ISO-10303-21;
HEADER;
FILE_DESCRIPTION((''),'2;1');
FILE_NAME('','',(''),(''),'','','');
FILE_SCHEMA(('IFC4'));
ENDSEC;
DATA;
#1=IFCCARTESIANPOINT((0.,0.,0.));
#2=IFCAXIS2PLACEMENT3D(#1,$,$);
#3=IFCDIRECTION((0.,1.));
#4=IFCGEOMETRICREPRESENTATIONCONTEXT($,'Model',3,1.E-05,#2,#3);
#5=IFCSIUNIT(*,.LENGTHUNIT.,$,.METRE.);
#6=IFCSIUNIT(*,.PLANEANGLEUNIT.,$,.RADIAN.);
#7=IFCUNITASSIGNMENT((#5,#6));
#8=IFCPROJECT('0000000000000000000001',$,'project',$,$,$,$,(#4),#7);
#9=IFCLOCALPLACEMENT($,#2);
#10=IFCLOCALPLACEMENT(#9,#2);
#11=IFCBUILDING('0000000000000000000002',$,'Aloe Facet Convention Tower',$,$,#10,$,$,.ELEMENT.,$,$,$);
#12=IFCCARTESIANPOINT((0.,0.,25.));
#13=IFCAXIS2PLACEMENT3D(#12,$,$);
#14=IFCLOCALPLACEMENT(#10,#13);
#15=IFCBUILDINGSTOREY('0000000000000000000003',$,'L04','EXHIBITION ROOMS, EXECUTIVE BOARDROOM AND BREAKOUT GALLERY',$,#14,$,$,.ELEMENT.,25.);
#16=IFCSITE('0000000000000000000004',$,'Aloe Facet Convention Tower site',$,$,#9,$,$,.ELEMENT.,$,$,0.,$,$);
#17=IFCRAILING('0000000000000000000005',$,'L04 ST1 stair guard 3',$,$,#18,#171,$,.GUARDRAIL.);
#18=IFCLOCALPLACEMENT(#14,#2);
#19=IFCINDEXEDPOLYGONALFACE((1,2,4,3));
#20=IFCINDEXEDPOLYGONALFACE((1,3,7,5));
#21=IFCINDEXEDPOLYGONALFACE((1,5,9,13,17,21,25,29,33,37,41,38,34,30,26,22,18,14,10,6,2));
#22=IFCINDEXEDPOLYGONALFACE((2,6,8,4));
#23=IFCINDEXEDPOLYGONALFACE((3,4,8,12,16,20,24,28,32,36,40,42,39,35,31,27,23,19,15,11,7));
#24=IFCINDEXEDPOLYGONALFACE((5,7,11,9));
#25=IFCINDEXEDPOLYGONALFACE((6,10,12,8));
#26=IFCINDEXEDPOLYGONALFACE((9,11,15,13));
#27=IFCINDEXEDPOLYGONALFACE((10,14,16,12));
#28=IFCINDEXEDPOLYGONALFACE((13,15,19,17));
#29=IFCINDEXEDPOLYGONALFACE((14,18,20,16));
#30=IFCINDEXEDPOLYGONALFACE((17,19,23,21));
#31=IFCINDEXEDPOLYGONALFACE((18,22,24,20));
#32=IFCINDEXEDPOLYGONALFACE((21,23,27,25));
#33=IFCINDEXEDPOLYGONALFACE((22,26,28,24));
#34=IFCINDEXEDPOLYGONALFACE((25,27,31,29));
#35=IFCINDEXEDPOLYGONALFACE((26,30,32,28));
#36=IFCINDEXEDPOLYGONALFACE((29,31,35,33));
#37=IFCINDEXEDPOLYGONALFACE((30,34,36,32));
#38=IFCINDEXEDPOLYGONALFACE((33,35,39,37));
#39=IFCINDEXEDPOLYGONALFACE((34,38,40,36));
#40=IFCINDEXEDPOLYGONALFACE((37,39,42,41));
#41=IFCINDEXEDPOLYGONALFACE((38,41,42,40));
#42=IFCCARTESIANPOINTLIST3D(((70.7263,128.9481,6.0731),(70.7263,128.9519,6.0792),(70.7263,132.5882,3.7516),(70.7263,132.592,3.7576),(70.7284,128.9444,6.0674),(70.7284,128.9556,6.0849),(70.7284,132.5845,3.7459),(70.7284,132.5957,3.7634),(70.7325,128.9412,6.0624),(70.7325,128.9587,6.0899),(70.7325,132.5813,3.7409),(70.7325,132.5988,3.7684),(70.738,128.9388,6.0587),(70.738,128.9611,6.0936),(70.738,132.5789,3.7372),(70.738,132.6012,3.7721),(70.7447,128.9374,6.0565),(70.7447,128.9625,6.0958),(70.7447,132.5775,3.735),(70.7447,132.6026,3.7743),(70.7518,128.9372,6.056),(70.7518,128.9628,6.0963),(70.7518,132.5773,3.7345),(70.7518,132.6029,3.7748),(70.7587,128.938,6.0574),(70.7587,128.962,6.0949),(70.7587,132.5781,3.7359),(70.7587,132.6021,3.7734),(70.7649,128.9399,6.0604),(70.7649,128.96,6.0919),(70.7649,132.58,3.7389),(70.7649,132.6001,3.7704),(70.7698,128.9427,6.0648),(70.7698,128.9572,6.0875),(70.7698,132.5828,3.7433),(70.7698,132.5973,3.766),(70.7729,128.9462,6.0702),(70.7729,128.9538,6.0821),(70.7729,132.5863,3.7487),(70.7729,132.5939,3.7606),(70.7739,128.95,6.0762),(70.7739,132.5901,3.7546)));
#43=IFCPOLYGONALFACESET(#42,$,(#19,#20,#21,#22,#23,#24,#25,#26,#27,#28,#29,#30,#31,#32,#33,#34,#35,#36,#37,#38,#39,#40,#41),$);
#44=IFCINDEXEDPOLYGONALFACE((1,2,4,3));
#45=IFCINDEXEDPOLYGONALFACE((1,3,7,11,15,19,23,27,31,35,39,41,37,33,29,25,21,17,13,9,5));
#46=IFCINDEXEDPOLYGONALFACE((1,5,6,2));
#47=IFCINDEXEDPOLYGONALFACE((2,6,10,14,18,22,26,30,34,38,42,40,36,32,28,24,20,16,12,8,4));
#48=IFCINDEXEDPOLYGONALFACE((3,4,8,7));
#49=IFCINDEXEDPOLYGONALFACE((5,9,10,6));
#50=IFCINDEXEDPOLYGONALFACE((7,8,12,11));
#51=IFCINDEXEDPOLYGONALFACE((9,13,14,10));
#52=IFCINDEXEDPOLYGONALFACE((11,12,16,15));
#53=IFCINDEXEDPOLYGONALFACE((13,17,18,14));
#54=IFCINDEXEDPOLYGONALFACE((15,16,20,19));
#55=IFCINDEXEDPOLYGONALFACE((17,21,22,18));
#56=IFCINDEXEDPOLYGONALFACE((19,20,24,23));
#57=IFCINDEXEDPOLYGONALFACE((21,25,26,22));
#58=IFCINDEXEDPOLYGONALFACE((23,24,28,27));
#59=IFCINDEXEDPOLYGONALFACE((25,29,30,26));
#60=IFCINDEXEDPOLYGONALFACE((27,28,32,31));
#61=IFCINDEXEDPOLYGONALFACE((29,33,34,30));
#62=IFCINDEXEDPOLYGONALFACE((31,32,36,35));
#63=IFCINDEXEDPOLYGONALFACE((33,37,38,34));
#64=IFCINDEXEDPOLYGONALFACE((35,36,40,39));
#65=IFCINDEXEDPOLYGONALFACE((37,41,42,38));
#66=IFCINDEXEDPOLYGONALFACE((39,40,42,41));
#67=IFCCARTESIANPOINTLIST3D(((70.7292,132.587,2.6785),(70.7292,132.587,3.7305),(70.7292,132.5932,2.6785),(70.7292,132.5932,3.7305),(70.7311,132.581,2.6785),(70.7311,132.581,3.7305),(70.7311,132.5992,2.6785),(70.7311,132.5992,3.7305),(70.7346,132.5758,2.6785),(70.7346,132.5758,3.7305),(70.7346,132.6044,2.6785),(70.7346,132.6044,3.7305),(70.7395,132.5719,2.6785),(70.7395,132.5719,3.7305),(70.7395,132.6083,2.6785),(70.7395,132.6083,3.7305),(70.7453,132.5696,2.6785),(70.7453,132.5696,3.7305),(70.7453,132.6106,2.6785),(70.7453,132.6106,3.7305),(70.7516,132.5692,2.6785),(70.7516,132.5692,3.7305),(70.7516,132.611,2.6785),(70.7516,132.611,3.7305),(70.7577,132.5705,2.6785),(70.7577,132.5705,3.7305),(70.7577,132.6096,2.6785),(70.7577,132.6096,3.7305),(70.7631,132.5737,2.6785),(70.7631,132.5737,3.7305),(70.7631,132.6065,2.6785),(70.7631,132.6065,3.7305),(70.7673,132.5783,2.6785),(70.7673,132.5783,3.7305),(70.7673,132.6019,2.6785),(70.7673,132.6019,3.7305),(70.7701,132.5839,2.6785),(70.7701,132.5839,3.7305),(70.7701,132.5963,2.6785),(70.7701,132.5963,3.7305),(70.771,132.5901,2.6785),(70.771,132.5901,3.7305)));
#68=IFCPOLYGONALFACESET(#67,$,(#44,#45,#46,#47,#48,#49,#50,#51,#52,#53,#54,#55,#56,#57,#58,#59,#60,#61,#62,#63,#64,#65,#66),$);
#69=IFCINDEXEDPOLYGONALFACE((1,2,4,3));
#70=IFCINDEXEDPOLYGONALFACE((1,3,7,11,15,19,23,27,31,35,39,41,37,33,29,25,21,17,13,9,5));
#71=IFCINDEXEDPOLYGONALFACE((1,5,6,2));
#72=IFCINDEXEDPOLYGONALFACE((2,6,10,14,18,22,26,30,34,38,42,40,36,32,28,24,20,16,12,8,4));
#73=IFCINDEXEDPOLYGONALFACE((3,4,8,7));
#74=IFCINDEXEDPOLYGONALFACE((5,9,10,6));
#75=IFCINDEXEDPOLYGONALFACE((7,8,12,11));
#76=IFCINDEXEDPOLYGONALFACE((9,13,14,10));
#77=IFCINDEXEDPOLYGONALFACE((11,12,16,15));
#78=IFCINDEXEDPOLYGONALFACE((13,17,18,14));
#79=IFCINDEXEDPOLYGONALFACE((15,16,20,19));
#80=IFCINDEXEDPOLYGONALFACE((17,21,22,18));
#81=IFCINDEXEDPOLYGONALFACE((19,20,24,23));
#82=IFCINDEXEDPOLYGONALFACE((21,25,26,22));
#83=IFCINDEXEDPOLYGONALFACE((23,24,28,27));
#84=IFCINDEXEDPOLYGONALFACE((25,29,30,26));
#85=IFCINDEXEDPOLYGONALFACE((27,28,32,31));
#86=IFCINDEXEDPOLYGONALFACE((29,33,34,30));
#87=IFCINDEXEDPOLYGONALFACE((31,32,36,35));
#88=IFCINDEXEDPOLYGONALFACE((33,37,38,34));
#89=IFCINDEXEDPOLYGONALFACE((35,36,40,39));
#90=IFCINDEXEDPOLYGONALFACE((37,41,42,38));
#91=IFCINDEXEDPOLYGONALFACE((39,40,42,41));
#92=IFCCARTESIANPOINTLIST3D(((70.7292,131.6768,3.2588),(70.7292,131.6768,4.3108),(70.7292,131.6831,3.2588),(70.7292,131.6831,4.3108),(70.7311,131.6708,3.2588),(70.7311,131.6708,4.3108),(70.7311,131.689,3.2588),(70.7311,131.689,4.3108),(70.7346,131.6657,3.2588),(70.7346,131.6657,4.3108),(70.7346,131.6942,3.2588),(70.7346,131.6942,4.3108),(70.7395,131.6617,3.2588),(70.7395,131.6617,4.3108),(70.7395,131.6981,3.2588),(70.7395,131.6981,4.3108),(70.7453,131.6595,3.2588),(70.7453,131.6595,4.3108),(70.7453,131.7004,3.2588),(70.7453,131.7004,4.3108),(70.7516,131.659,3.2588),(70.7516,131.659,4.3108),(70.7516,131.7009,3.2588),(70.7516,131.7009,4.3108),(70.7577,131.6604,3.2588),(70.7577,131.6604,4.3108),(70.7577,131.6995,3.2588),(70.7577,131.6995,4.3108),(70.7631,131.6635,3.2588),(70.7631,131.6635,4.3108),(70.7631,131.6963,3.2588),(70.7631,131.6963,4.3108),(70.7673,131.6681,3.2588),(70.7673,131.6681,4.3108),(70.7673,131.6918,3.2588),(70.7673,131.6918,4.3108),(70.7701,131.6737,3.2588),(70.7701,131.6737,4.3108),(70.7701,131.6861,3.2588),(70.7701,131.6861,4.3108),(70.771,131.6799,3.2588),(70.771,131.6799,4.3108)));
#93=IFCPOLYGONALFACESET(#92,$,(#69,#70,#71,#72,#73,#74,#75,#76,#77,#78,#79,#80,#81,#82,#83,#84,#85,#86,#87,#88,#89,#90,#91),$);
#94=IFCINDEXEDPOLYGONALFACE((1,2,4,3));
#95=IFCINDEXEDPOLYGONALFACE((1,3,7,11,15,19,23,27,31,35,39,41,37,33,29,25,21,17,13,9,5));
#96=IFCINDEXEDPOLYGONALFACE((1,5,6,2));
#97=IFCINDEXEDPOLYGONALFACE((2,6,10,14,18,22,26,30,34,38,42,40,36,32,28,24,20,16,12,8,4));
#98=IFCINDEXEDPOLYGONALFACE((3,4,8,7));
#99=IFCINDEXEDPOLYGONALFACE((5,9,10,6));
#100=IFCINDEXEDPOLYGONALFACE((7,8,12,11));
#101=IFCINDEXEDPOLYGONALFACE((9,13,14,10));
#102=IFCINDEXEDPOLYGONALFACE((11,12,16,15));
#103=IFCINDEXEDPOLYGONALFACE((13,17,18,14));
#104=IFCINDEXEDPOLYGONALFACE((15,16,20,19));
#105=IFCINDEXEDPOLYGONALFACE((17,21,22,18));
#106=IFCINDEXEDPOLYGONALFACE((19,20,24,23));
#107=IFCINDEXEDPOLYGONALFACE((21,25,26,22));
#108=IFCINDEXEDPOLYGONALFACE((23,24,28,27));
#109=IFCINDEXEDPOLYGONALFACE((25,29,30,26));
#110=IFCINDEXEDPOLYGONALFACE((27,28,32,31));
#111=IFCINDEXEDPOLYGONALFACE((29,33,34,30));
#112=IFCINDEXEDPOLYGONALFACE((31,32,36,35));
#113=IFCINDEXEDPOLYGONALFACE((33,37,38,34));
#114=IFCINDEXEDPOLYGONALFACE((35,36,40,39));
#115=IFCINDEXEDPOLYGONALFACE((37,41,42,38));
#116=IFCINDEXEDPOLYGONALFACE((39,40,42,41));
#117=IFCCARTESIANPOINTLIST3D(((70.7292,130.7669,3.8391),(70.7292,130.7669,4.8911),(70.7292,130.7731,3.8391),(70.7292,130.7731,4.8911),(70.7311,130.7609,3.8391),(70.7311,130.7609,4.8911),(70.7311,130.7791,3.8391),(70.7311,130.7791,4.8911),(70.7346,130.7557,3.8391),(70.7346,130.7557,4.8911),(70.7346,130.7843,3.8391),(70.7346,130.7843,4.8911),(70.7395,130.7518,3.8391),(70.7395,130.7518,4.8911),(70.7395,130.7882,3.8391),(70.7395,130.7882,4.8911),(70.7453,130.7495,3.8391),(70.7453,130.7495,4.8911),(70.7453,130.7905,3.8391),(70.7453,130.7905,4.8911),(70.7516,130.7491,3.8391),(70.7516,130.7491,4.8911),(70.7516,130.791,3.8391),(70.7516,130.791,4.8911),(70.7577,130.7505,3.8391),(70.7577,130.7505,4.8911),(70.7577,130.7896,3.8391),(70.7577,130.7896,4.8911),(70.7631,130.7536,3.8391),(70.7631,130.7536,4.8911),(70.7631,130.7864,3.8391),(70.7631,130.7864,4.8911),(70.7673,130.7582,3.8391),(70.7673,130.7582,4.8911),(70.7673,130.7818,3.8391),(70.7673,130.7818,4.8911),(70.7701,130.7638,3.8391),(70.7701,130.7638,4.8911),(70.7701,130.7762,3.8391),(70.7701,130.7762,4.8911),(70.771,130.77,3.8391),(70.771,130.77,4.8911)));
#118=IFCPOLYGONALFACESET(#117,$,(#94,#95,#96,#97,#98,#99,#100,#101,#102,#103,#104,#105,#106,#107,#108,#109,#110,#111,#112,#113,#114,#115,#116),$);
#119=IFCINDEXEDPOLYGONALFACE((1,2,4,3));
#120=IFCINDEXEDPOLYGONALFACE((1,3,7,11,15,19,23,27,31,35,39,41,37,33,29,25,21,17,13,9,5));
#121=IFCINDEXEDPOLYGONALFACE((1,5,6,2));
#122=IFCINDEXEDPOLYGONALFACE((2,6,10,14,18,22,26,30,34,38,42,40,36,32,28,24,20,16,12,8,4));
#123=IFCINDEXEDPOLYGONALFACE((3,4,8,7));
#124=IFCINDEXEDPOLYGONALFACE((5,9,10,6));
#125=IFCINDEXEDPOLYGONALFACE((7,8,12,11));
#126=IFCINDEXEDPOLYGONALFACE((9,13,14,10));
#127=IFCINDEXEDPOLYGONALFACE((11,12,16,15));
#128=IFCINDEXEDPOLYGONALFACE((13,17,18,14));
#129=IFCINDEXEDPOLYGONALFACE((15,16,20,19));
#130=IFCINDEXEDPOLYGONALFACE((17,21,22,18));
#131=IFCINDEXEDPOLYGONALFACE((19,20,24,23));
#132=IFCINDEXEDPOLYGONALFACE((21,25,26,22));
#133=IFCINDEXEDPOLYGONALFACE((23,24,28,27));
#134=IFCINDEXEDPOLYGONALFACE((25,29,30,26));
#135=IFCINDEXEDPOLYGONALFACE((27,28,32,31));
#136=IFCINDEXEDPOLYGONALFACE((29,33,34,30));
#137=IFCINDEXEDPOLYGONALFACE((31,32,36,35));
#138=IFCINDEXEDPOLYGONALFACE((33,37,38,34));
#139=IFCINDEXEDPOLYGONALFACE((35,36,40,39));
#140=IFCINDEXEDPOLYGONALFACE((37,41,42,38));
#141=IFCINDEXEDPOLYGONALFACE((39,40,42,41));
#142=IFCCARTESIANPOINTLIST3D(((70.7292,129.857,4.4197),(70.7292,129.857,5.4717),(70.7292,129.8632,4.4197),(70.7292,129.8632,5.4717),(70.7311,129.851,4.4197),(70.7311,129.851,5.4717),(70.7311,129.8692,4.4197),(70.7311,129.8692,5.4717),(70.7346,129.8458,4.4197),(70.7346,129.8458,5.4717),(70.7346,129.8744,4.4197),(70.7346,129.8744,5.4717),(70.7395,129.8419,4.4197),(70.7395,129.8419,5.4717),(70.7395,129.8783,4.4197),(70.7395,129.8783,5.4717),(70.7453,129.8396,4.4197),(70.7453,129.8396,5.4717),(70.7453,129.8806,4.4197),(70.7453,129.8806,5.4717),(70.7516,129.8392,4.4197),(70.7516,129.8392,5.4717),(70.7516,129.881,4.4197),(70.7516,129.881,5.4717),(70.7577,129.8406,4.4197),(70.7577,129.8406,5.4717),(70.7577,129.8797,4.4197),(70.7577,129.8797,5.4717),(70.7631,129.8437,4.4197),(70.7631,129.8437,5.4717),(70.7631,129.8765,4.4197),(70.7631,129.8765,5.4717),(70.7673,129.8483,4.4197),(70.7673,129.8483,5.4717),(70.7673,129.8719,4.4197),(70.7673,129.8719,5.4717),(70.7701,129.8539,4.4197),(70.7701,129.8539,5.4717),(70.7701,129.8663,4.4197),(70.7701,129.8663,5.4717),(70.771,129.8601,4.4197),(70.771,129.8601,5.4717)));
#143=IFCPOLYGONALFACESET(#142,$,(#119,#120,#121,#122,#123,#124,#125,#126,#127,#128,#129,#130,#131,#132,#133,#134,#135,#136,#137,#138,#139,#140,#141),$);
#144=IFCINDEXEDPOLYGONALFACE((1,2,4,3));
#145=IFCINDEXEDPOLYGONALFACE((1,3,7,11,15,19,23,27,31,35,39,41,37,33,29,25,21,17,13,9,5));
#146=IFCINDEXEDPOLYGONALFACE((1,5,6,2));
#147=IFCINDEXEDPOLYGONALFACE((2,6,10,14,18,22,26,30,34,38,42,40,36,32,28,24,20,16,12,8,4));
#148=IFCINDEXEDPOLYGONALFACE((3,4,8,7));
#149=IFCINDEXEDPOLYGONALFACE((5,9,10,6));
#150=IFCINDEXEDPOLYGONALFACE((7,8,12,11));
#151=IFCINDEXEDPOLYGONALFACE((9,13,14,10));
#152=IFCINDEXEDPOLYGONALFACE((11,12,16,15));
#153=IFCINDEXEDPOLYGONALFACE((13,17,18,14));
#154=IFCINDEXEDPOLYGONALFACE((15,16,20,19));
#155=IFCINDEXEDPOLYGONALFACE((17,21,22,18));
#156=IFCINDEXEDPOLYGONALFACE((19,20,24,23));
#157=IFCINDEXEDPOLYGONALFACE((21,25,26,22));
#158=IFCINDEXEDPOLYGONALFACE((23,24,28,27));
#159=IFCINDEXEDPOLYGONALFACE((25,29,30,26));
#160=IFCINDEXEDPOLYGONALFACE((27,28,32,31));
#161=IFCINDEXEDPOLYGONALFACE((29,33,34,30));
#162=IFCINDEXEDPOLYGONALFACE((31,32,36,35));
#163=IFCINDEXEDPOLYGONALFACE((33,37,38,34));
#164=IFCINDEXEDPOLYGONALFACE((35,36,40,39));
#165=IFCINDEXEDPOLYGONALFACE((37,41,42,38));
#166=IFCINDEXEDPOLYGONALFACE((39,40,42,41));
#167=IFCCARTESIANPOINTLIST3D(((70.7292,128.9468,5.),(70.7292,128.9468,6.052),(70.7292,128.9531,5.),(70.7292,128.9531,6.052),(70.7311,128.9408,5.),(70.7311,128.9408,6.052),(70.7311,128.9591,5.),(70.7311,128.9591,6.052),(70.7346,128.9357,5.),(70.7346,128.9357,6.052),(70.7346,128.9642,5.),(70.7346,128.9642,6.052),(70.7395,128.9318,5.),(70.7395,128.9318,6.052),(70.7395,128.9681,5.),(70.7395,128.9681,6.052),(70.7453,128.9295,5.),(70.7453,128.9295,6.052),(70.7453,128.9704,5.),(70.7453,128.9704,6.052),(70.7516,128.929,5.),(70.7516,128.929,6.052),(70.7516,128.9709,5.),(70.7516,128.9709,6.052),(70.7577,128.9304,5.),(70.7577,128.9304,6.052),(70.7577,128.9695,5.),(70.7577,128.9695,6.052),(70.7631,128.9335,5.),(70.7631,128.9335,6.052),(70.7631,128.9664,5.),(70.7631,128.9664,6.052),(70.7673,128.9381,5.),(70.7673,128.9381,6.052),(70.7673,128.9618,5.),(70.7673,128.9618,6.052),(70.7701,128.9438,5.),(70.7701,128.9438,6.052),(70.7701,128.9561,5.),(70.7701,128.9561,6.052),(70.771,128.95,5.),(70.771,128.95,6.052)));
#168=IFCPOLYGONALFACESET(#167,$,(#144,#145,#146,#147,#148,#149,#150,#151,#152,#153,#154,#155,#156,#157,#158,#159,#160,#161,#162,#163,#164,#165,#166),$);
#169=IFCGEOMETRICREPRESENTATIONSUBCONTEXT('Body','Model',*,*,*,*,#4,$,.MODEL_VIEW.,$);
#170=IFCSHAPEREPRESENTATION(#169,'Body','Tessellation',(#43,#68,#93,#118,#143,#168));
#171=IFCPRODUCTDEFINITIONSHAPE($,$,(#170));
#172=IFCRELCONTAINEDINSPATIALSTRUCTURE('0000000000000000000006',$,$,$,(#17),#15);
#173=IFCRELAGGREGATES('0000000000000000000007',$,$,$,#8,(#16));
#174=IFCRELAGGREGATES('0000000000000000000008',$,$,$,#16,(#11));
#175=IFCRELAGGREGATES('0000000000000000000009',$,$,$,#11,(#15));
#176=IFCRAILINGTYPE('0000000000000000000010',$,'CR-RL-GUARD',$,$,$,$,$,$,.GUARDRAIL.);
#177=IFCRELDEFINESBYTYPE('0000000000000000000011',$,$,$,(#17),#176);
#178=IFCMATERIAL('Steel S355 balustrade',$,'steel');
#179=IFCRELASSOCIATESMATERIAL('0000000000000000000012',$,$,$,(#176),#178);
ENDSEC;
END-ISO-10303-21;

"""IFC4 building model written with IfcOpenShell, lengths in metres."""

from ifc_helpers import new_model, si_unit, direction, frame, origin, origin_2d, place, context, subcontext, project, spatial, circle, extrude, material, type_object, element, save


model = new_model("IFC4")

# Units and contexts
model_context = context("Model", 3, precision=1e-05, world=origin(), true_north=direction((0.0, 1.0)))
body_context = subcontext(model_context, "Body", "Model", "MODEL_VIEW")
ifc_project = project(units=[si_unit("LENGTHUNIT", "METRE"), si_unit("PLANEANGLEUNIT", "RADIAN")], contexts=[model_context])

# Site, building, storey
site_placement = place(None, origin())
site = spatial("IfcSite", under=ifc_project, at=site_placement, Name="Aloe Facet Convention Tower site", CompositionType="ELEMENT", RefElevation=0.0)
building_placement = place(site_placement, origin())
building = spatial("IfcBuilding", under=site, at=building_placement, Name="Aloe Facet Convention Tower", CompositionType="ELEMENT")
storey_placement = place(building_placement, frame((0.0, 0.0, 25.0)))
storey = spatial("IfcBuildingStorey", under=building, at=storey_placement, Name="L04", Description="EXHIBITION ROOMS, EXECUTIVE BOARDROOM AND BREAKOUT GALLERY", CompositionType="ELEMENT", Elevation=25.0)

# Railing
ifc_material_1 = material(Name="Steel S355 balustrade", Category="steel")
railing_type_1 = type_object("IfcRailingType", Name="CR-RL-GUARD", PredefinedType="GUARDRAIL", material=ifc_material_1)
railing_1_placement = place(storey_placement, frame((70.75, 132.5901, 2.6785)))
element("IfcRailing", 1, at=railing_1_placement, inside=storey, type_object=railing_type_1, Name="L04 ST1 stair guard 3", PredefinedType="GUARDRAIL", context=body_context, shape_type="SweptSolid", body=[
    extrude(circle(Radius=0.0239, at=origin_2d()), frame((0.0, 0.0, 1.0762), z_axis=(0.0, -0.843128, 0.537713), x_axis=(1.0, 0.0, 0.0)), (0.0, 0.0, 1.0), 4.3174),
    extrude(circle(Radius=0.021, at=origin_2d()), origin(), (0.0, 0.0, 1.0), 1.052),
    extrude(circle(Radius=0.021, at=origin_2d()), frame((0.0, -0.9102, 0.5803)), (0.0, 0.0, 1.0), 1.052),
    extrude(circle(Radius=0.021, at=origin_2d()), frame((0.0, -1.8201, 1.1606)), (0.0, 0.0, 1.0), 1.052),
    extrude(circle(Radius=0.021, at=origin_2d()), frame((0.0, -2.73, 1.7412)), (0.0, 0.0, 1.0), 1.052),
    extrude(circle(Radius=0.021, at=origin_2d()), frame((0.0, -3.6401, 2.3215)), (0.0, 0.0, 1.0), 1.052),
])

save(model, "model.ifc")
